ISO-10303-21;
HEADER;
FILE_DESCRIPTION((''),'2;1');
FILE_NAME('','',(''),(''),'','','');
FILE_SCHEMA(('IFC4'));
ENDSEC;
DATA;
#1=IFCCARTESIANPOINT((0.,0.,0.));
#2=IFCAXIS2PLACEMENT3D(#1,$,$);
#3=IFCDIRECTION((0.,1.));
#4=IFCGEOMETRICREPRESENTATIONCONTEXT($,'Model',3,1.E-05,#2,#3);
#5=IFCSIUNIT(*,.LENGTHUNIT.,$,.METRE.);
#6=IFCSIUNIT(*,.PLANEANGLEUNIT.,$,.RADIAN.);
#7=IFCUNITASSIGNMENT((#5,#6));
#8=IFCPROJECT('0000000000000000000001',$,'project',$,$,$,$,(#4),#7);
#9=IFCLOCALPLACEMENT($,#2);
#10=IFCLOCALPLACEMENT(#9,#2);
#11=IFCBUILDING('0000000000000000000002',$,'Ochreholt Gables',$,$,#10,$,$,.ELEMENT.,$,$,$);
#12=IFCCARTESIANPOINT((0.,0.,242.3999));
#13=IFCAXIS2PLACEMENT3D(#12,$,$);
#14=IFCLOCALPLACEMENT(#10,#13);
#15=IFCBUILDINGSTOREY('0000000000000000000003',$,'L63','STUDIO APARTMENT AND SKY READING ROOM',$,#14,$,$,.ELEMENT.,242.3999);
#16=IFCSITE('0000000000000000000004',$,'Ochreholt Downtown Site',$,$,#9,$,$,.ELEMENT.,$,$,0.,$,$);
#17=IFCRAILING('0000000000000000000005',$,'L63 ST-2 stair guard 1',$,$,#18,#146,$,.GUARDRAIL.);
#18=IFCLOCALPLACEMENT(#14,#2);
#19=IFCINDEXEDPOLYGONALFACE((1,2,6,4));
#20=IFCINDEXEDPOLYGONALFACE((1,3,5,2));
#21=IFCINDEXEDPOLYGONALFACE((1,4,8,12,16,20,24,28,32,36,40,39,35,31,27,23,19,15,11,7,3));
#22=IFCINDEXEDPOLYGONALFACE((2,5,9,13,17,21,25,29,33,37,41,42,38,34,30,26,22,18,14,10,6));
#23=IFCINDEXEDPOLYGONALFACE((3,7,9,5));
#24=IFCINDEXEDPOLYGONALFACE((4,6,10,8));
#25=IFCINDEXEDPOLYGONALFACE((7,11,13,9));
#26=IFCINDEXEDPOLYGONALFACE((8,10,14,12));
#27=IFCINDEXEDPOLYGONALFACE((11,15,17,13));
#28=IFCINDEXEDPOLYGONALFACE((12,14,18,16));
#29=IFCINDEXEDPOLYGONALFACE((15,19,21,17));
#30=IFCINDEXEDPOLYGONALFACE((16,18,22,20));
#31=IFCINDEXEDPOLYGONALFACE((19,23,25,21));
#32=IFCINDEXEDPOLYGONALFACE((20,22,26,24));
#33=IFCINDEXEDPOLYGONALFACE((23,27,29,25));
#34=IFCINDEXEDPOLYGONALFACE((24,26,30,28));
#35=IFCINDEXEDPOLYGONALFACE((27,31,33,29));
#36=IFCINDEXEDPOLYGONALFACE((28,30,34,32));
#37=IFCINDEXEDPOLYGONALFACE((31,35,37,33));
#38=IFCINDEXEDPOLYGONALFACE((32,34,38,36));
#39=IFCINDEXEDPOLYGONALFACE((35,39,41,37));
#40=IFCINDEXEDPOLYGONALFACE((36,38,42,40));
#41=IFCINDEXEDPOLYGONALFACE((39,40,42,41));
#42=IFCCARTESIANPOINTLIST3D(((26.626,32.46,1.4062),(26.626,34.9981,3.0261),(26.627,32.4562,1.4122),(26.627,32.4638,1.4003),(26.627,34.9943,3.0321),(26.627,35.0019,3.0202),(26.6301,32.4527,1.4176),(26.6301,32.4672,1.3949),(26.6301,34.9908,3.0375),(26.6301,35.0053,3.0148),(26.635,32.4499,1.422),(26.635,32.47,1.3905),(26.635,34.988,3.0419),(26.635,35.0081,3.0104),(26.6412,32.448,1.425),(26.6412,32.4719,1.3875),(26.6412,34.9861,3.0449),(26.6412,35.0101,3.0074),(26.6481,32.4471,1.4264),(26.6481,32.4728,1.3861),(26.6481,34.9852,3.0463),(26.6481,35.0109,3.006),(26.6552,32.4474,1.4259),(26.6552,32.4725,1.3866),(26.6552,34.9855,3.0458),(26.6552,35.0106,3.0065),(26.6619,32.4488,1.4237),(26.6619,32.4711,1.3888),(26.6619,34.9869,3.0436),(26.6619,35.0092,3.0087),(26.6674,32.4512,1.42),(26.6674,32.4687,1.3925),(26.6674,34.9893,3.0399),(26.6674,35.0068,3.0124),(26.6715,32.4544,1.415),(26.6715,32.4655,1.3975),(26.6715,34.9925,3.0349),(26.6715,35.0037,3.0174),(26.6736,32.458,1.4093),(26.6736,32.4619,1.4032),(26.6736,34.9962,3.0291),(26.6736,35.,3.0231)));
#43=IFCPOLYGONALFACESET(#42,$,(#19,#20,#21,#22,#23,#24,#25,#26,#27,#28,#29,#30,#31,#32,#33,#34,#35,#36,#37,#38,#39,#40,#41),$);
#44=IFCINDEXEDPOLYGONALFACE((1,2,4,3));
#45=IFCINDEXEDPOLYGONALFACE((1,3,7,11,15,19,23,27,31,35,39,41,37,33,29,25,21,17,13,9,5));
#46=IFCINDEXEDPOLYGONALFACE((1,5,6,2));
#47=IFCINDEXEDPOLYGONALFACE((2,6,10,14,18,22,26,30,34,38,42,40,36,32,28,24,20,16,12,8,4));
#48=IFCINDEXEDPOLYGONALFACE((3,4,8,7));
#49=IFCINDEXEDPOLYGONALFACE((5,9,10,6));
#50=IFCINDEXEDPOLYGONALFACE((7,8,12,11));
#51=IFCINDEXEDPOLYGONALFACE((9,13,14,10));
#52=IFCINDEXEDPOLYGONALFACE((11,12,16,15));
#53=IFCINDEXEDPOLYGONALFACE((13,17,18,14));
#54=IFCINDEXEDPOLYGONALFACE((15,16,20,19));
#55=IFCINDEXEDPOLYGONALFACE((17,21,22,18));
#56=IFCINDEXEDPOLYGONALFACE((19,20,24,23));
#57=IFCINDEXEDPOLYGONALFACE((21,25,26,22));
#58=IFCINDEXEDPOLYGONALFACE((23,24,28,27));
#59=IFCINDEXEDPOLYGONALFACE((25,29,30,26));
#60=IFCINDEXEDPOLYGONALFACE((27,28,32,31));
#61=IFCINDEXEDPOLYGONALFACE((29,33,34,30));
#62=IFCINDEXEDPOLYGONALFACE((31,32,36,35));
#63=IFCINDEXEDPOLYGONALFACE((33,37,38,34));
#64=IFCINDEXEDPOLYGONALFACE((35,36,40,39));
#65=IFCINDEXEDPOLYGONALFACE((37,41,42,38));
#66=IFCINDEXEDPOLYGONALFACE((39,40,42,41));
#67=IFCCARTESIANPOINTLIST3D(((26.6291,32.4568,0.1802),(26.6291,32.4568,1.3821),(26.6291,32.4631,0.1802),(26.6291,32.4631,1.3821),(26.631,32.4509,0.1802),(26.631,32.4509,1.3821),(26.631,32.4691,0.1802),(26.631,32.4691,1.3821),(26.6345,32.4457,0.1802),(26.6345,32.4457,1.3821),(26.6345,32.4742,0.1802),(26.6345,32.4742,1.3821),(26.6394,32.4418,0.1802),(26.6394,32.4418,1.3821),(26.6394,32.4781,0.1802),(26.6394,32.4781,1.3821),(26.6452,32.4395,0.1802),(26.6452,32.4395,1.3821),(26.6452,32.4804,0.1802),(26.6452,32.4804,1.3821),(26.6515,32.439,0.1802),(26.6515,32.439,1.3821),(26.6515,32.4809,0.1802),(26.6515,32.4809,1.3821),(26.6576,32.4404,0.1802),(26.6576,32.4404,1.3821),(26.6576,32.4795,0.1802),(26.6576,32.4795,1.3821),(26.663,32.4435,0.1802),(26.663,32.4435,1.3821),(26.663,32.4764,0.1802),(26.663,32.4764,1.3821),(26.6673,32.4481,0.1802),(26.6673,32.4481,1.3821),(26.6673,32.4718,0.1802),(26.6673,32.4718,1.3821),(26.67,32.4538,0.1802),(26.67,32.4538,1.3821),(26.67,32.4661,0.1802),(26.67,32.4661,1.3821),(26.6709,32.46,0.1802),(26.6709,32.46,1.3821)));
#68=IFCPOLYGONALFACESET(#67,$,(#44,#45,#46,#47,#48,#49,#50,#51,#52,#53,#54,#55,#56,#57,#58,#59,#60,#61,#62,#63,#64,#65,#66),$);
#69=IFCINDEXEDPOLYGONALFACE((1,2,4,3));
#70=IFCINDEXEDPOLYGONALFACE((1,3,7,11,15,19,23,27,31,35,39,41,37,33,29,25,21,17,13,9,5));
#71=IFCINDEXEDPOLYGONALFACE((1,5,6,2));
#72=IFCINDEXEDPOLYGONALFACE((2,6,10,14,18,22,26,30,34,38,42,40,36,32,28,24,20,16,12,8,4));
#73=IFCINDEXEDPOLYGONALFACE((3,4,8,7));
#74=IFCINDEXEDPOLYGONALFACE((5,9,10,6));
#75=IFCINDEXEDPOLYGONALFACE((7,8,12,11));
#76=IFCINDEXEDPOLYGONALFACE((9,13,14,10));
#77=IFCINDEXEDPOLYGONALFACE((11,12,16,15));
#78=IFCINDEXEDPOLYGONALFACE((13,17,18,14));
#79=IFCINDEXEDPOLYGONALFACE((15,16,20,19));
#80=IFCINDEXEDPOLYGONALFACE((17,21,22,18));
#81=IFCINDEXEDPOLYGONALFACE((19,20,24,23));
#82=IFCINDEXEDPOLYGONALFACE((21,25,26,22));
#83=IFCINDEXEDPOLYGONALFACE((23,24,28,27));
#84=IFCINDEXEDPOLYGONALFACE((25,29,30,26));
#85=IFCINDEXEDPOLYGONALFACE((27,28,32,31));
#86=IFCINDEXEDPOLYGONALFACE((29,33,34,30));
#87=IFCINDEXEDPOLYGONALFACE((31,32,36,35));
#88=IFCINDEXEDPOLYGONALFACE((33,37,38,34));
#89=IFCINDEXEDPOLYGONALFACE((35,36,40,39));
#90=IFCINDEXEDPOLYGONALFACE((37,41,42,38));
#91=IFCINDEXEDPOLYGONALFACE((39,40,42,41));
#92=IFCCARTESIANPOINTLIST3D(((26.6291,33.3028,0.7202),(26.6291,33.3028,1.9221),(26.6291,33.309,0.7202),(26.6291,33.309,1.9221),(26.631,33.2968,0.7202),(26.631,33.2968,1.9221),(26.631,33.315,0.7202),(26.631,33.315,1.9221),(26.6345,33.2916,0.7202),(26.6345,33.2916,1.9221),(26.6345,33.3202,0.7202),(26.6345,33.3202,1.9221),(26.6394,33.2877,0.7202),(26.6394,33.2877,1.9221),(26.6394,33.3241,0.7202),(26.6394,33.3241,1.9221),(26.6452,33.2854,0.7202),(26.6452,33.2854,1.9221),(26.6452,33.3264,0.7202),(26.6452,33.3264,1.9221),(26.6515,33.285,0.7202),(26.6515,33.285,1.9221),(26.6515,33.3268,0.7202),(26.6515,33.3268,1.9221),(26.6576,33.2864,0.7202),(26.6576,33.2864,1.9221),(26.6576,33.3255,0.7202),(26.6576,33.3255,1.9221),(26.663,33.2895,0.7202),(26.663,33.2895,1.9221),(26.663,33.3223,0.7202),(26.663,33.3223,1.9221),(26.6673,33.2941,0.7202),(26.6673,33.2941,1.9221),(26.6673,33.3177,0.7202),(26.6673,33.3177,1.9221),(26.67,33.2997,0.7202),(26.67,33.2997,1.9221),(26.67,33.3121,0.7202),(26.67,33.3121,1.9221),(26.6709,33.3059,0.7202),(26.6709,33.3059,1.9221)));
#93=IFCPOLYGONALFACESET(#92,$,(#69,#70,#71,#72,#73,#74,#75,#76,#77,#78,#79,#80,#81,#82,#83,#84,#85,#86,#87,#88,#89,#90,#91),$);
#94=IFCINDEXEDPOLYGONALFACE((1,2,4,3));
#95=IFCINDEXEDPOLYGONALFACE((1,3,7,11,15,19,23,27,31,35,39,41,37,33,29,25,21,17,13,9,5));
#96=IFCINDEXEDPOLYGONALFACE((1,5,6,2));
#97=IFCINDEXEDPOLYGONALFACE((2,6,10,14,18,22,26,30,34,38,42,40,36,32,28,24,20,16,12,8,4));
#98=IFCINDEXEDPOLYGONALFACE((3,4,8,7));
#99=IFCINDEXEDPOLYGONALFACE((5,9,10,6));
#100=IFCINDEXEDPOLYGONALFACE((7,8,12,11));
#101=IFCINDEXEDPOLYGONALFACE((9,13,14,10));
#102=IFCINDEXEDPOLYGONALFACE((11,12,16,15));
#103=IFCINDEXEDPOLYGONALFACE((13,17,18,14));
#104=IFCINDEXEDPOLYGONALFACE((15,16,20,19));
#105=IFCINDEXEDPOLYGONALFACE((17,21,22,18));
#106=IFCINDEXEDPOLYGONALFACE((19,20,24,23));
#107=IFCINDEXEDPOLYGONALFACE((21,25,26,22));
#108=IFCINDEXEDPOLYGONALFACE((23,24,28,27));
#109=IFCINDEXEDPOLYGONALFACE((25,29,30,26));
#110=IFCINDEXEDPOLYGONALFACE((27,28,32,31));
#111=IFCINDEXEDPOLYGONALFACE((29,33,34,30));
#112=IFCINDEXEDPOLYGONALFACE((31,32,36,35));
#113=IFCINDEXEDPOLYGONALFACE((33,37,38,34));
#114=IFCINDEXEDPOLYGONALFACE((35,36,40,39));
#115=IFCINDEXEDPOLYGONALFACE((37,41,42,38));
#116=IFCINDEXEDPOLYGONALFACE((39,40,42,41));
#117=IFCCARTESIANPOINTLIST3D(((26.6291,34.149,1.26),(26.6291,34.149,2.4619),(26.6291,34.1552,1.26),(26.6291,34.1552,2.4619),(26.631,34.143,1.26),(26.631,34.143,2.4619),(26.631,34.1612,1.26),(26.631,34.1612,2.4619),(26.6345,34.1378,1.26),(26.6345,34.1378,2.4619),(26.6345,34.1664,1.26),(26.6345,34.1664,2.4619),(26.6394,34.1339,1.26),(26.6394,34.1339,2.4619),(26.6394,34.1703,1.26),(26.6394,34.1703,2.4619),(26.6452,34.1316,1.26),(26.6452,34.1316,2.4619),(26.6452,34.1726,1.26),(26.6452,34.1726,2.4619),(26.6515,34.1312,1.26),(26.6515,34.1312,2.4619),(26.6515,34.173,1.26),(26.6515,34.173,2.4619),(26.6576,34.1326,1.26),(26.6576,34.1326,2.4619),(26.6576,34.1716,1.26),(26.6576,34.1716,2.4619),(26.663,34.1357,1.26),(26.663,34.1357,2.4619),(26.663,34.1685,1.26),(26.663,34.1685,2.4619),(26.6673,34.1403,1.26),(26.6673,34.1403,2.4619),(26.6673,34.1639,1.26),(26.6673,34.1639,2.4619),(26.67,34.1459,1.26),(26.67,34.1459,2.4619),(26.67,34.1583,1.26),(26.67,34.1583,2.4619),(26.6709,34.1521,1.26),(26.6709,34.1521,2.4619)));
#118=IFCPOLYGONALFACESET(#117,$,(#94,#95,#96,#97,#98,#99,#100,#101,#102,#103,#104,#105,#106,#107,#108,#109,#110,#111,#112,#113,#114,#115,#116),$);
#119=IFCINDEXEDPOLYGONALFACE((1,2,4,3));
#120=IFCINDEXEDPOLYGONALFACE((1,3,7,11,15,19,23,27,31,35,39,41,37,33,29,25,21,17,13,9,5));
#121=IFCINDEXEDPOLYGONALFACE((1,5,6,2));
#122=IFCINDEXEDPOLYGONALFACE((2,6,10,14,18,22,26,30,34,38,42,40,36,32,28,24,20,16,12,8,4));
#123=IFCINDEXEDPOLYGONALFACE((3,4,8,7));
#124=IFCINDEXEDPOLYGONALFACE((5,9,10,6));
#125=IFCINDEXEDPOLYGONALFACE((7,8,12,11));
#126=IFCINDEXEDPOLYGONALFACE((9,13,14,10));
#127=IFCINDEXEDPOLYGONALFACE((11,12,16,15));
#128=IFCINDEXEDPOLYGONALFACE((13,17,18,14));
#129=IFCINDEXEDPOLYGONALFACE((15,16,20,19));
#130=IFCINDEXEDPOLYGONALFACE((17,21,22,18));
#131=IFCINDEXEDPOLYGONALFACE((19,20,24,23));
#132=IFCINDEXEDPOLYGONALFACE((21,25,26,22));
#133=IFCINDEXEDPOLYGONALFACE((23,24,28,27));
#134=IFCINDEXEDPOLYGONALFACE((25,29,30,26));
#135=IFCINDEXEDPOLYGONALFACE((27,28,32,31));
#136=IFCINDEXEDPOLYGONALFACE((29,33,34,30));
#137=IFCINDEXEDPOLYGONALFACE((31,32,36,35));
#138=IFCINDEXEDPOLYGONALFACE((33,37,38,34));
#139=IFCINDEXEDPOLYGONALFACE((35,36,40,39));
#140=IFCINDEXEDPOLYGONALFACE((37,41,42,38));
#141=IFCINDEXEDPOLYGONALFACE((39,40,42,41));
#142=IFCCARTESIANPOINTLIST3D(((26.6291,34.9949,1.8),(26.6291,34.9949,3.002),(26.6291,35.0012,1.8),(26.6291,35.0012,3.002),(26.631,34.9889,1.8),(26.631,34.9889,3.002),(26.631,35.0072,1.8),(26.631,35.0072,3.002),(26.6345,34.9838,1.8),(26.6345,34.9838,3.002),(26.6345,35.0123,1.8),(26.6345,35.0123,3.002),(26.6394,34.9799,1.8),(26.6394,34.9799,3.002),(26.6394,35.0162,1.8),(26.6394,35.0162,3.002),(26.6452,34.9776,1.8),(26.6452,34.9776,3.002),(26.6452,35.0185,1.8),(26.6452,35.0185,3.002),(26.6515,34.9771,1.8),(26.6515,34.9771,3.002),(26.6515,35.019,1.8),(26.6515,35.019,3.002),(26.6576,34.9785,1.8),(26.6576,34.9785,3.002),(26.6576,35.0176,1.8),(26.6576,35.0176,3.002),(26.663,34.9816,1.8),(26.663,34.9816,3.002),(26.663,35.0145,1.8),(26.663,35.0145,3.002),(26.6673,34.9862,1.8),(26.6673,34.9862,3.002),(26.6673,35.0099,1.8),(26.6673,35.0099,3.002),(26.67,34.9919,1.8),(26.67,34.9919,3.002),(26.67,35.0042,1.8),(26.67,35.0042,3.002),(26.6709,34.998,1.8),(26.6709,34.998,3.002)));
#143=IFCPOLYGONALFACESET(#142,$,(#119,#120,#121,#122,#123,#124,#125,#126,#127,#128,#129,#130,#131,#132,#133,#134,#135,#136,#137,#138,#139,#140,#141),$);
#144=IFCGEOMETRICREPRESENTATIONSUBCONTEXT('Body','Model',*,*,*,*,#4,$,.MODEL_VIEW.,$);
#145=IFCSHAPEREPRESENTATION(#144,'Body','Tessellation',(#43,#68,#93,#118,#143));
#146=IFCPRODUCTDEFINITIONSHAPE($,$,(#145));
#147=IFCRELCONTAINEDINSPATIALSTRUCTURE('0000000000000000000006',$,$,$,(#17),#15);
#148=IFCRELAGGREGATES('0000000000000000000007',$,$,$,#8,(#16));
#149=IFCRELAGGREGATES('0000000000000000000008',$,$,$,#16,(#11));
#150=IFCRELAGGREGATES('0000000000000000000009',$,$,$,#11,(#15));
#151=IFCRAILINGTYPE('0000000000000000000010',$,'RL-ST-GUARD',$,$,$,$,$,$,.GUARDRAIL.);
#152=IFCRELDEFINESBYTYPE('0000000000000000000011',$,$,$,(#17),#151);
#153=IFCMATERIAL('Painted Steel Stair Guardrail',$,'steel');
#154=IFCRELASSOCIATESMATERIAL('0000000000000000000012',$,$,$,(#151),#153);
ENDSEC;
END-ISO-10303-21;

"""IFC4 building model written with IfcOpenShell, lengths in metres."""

from ifc_helpers import new_model, si_unit, direction, frame, origin, origin_2d, place, context, subcontext, project, spatial, circle, extrude, material, type_object, element, save


model = new_model("IFC4")

# Units and contexts
model_context = context("Model", 3, precision=1e-05, world=origin(), true_north=direction((0.0, 1.0)))
body_context = subcontext(model_context, "Body", "Model", "MODEL_VIEW")
ifc_project = project(units=[si_unit("LENGTHUNIT", "METRE"), si_unit("PLANEANGLEUNIT", "RADIAN")], contexts=[model_context])

# Site, building, storey
site_placement = place(None, origin())
site = spatial("IfcSite", under=ifc_project, at=site_placement, Name="Ochreholt Downtown Site", CompositionType="ELEMENT", RefElevation=0.0)
building_placement = place(site_placement, origin())
building = spatial("IfcBuilding", under=site, at=building_placement, Name="Ochreholt Gables", CompositionType="ELEMENT")
storey_placement = place(building_placement, frame((0.0, 0.0, 242.3999)))
storey = spatial("IfcBuildingStorey", under=building, at=storey_placement, Name="L63", Description="STUDIO APARTMENT AND SKY READING ROOM", CompositionType="ELEMENT", Elevation=242.3999)

# Railing
ifc_material_1 = material(Name="Painted Steel Stair Guardrail", Category="steel")
railing_type_1 = type_object("IfcRailingType", Name="RL-ST-GUARD", PredefinedType="GUARDRAIL", material=ifc_material_1)
railing_1_placement = place(storey_placement, frame((26.6499, 32.46, 0.1802)))
element("IfcRailing", 1, at=railing_1_placement, inside=storey, type_object=railing_type_1, Name="L63 ST-2 stair guard 1", PredefinedType="GUARDRAIL", context=body_context, shape_type="SweptSolid", body=[
    extrude(circle(Radius=0.0239, at=origin_2d()), frame((0.0, 0.0, 1.2261), z_axis=(0.0, 0.84295, 0.537993), x_axis=(-1.0, 0.0, 0.0)), (0.0, 0.0, 1.0), 3.011),
    extrude(circle(Radius=0.021, at=origin_2d()), origin(), (0.0, 0.0, 1.0), 1.2019),
    extrude(circle(Radius=0.021, at=origin_2d()), frame((0.0, 0.8459, 0.54)), (0.0, 0.0, 1.0), 1.2019),
    extrude(circle(Radius=0.021, at=origin_2d()), frame((0.0, 1.6921, 1.0798)), (0.0, 0.0, 1.0), 1.2019),
    extrude(circle(Radius=0.021, at=origin_2d()), frame((0.0, 2.5381, 1.6199)), (0.0, 0.0, 1.0), 1.2019),
])

save(model, "model.ifc")
